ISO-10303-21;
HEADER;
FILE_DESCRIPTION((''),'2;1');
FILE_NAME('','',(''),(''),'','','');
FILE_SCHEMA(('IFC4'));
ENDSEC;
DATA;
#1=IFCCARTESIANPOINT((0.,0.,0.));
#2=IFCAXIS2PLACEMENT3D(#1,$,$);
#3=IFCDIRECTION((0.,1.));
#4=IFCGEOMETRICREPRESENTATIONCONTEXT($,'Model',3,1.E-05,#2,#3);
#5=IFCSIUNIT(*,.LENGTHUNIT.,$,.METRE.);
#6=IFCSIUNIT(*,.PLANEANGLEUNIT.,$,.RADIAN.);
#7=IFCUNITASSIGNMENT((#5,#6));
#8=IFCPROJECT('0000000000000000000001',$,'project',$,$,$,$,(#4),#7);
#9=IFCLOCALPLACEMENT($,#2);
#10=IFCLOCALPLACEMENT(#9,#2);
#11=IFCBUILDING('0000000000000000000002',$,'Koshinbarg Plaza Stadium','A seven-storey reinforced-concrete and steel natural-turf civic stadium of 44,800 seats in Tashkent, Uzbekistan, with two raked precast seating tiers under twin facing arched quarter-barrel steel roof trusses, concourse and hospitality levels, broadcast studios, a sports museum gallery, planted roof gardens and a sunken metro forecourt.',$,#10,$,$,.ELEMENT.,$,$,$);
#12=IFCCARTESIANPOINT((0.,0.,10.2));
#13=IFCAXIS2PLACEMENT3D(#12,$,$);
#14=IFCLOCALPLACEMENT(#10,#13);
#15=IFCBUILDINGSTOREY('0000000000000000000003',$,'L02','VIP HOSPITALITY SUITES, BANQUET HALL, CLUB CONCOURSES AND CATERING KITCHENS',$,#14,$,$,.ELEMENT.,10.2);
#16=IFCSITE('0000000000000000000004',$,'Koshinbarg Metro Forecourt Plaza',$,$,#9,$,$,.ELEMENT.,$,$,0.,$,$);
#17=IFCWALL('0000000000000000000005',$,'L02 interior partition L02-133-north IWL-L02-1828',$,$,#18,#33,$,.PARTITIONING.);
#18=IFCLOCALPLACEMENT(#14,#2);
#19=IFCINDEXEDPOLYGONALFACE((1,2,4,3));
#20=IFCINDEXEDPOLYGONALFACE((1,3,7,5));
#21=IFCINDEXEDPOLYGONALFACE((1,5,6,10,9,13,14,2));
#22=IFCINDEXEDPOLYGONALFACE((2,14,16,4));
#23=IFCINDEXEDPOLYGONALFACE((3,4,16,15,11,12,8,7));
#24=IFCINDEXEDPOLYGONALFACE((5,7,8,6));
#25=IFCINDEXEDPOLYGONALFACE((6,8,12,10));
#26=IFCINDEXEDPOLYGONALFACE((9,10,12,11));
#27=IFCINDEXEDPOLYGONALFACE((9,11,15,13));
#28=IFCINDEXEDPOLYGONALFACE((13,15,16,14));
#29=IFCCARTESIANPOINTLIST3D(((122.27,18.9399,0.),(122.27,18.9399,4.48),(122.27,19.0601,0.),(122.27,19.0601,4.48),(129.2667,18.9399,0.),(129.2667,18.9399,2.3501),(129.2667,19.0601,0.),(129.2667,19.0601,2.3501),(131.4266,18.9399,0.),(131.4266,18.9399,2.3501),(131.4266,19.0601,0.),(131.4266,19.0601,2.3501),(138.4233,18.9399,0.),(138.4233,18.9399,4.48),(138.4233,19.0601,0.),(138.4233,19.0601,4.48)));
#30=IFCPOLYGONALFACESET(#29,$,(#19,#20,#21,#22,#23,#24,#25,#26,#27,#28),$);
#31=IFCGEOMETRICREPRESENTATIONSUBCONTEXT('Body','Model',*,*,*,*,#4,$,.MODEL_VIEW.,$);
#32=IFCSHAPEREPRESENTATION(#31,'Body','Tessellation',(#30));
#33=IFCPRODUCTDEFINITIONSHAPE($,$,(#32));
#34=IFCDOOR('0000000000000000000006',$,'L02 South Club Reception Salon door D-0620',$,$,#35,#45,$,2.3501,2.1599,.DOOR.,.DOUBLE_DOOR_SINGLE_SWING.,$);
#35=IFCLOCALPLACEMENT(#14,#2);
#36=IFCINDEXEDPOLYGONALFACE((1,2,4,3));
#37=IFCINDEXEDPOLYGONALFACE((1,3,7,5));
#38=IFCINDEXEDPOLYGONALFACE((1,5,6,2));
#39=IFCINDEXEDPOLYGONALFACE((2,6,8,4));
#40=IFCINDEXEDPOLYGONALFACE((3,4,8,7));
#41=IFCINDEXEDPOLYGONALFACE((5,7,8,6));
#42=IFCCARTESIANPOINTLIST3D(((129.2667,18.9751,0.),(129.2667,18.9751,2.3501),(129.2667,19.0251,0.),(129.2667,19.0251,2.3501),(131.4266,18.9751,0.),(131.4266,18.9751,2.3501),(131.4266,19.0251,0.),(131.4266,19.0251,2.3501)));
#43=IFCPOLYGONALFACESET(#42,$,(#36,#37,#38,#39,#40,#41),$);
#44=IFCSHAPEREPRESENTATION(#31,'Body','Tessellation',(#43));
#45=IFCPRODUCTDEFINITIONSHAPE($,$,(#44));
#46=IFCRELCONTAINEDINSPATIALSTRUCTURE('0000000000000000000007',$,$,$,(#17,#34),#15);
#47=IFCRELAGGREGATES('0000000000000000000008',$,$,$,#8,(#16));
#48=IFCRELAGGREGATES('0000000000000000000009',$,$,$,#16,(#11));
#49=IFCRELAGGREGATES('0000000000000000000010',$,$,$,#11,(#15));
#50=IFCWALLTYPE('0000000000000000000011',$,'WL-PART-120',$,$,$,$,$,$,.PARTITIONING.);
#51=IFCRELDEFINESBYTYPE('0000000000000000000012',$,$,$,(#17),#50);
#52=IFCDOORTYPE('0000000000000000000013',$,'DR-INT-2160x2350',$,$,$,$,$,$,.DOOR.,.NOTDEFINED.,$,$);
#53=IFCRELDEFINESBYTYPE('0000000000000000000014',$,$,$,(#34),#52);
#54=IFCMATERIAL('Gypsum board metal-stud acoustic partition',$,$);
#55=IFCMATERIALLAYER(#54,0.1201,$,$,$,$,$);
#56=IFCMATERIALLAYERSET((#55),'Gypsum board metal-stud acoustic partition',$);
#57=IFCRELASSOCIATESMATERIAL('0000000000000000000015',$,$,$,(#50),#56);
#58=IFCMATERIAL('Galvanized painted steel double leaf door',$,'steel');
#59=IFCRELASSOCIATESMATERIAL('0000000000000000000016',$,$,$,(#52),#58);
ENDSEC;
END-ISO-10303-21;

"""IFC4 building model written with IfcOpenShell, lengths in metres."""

from ifc_helpers import new_model, si_unit, direction, frame, frame_2d, origin, place, context, subcontext, project, spatial, rectangle, extrude, material, layer, layer_set, type_object, element, fill, save


model = new_model("IFC4")

# Units and contexts
model_context = context("Model", 3, precision=1e-05, world=origin(), true_north=direction((0.0, 1.0)))
body_context = subcontext(model_context, "Body", "Model", "MODEL_VIEW")
ifc_project = project(units=[si_unit("LENGTHUNIT", "METRE"), si_unit("PLANEANGLEUNIT", "RADIAN")], contexts=[model_context])

# Site, building, storey
site_placement = place(None, origin())
site = spatial("IfcSite", under=ifc_project, at=site_placement, Name="Koshinbarg Metro Forecourt Plaza", CompositionType="ELEMENT", RefElevation=0.0)
building_placement = place(site_placement, origin())
building = spatial("IfcBuilding", under=site, at=building_placement, Name="Koshinbarg Plaza Stadium", Description="A seven-storey reinforced-concrete and steel natural-turf civic stadium of 44,800 seats in Tashkent, Uzbekistan, with two raked precast seating tiers under twin facing arched quarter-barrel steel roof trusses, concourse and hospitality levels, broadcast studios, a sports museum gallery, planted roof gardens and a sunken metro forecourt.", CompositionType="ELEMENT")
storey_placement = place(building_placement, frame((0.0, 0.0, 10.2)))
storey = spatial("IfcBuildingStorey", under=building, at=storey_placement, Name="L02", Description="VIP HOSPITALITY SUITES, BANQUET HALL, CLUB CONCOURSES AND CATERING KITCHENS", CompositionType="ELEMENT", Elevation=10.2)

# Shared definitions
ifc_material_1 = material(Name="Gypsum board metal-stud acoustic partition")
ifc_layer_1 = layer(ifc_material_1, 0.1201)
ifc_layer_set_1 = layer_set([ifc_layer_1], Name="Gypsum board metal-stud acoustic partition")
wall_type = type_object("IfcWallType", Name="WL-PART-120", PredefinedType="PARTITIONING", material=ifc_layer_set_1)

# Wall, opening, door
wall_1_placement = place(storey_placement, frame((138.4233, 19.0, 0.0), z_axis=(0.0, 0.0, 1.0), x_axis=(-1.0, 0.0, 0.0)))
wall_1 = element("IfcWall", 1, at=wall_1_placement, inside=storey, type_object=wall_type, Name="L02 interior partition L02-133-north IWL-L02-1828", PredefinedType="PARTITIONING", context=body_context, shape_type="SweptSolid", body=[
    extrude(rectangle(XDim=16.1533, YDim=0.1201, at=frame_2d((8.0767, 0.0))), origin(), (0.0, 0.0, 1.0), 4.48),
])
opening_placement = place(wall_1_placement, frame((6.9966, 0.0, 0.0)))
opening = element("IfcOpeningElement", 2, at=opening_placement, cuts=wall_1, PredefinedType="OPENING", context=body_context, shape_type="SweptSolid", body=[
    extrude(rectangle(XDim=2.1599, YDim=2.3501, at=frame_2d((1.0801, 1.175))), frame((0.0, 0.0701, 0.0), z_axis=(0.0, -1.0, 0.0), x_axis=(1.0, 0.0, 0.0)), (0.0, 0.0, 1.0), 0.1401),
])
ifc_material_2 = material(Name="Galvanized painted steel double leaf door", Category="steel")
door_type = type_object("IfcDoorType", Name="DR-INT-2160x2350", OperationType="NOTDEFINED", PredefinedType="DOOR", material=ifc_material_2)
door_placement = place(opening_placement, origin())
door = element("IfcDoor", 3, at=door_placement, inside=storey, type_object=door_type, Name="L02 South Club Reception Salon door D-0620", OperationType="DOUBLE_DOOR_SINGLE_SWING", OverallHeight=2.3501, OverallWidth=2.1599, PredefinedType="DOOR", context=body_context, shape_type="SweptSolid", body=[
    extrude(rectangle(XDim=2.1599, YDim=2.3501, at=frame_2d((1.0801, 1.175))), frame((0.0, 0.0249, 0.0), z_axis=(0.0, -1.0, 0.0), x_axis=(1.0, 0.0, 0.0)), (0.0, 0.0, 1.0), 0.05),
])
fill(opening, door)

save(model, "model.ifc")
